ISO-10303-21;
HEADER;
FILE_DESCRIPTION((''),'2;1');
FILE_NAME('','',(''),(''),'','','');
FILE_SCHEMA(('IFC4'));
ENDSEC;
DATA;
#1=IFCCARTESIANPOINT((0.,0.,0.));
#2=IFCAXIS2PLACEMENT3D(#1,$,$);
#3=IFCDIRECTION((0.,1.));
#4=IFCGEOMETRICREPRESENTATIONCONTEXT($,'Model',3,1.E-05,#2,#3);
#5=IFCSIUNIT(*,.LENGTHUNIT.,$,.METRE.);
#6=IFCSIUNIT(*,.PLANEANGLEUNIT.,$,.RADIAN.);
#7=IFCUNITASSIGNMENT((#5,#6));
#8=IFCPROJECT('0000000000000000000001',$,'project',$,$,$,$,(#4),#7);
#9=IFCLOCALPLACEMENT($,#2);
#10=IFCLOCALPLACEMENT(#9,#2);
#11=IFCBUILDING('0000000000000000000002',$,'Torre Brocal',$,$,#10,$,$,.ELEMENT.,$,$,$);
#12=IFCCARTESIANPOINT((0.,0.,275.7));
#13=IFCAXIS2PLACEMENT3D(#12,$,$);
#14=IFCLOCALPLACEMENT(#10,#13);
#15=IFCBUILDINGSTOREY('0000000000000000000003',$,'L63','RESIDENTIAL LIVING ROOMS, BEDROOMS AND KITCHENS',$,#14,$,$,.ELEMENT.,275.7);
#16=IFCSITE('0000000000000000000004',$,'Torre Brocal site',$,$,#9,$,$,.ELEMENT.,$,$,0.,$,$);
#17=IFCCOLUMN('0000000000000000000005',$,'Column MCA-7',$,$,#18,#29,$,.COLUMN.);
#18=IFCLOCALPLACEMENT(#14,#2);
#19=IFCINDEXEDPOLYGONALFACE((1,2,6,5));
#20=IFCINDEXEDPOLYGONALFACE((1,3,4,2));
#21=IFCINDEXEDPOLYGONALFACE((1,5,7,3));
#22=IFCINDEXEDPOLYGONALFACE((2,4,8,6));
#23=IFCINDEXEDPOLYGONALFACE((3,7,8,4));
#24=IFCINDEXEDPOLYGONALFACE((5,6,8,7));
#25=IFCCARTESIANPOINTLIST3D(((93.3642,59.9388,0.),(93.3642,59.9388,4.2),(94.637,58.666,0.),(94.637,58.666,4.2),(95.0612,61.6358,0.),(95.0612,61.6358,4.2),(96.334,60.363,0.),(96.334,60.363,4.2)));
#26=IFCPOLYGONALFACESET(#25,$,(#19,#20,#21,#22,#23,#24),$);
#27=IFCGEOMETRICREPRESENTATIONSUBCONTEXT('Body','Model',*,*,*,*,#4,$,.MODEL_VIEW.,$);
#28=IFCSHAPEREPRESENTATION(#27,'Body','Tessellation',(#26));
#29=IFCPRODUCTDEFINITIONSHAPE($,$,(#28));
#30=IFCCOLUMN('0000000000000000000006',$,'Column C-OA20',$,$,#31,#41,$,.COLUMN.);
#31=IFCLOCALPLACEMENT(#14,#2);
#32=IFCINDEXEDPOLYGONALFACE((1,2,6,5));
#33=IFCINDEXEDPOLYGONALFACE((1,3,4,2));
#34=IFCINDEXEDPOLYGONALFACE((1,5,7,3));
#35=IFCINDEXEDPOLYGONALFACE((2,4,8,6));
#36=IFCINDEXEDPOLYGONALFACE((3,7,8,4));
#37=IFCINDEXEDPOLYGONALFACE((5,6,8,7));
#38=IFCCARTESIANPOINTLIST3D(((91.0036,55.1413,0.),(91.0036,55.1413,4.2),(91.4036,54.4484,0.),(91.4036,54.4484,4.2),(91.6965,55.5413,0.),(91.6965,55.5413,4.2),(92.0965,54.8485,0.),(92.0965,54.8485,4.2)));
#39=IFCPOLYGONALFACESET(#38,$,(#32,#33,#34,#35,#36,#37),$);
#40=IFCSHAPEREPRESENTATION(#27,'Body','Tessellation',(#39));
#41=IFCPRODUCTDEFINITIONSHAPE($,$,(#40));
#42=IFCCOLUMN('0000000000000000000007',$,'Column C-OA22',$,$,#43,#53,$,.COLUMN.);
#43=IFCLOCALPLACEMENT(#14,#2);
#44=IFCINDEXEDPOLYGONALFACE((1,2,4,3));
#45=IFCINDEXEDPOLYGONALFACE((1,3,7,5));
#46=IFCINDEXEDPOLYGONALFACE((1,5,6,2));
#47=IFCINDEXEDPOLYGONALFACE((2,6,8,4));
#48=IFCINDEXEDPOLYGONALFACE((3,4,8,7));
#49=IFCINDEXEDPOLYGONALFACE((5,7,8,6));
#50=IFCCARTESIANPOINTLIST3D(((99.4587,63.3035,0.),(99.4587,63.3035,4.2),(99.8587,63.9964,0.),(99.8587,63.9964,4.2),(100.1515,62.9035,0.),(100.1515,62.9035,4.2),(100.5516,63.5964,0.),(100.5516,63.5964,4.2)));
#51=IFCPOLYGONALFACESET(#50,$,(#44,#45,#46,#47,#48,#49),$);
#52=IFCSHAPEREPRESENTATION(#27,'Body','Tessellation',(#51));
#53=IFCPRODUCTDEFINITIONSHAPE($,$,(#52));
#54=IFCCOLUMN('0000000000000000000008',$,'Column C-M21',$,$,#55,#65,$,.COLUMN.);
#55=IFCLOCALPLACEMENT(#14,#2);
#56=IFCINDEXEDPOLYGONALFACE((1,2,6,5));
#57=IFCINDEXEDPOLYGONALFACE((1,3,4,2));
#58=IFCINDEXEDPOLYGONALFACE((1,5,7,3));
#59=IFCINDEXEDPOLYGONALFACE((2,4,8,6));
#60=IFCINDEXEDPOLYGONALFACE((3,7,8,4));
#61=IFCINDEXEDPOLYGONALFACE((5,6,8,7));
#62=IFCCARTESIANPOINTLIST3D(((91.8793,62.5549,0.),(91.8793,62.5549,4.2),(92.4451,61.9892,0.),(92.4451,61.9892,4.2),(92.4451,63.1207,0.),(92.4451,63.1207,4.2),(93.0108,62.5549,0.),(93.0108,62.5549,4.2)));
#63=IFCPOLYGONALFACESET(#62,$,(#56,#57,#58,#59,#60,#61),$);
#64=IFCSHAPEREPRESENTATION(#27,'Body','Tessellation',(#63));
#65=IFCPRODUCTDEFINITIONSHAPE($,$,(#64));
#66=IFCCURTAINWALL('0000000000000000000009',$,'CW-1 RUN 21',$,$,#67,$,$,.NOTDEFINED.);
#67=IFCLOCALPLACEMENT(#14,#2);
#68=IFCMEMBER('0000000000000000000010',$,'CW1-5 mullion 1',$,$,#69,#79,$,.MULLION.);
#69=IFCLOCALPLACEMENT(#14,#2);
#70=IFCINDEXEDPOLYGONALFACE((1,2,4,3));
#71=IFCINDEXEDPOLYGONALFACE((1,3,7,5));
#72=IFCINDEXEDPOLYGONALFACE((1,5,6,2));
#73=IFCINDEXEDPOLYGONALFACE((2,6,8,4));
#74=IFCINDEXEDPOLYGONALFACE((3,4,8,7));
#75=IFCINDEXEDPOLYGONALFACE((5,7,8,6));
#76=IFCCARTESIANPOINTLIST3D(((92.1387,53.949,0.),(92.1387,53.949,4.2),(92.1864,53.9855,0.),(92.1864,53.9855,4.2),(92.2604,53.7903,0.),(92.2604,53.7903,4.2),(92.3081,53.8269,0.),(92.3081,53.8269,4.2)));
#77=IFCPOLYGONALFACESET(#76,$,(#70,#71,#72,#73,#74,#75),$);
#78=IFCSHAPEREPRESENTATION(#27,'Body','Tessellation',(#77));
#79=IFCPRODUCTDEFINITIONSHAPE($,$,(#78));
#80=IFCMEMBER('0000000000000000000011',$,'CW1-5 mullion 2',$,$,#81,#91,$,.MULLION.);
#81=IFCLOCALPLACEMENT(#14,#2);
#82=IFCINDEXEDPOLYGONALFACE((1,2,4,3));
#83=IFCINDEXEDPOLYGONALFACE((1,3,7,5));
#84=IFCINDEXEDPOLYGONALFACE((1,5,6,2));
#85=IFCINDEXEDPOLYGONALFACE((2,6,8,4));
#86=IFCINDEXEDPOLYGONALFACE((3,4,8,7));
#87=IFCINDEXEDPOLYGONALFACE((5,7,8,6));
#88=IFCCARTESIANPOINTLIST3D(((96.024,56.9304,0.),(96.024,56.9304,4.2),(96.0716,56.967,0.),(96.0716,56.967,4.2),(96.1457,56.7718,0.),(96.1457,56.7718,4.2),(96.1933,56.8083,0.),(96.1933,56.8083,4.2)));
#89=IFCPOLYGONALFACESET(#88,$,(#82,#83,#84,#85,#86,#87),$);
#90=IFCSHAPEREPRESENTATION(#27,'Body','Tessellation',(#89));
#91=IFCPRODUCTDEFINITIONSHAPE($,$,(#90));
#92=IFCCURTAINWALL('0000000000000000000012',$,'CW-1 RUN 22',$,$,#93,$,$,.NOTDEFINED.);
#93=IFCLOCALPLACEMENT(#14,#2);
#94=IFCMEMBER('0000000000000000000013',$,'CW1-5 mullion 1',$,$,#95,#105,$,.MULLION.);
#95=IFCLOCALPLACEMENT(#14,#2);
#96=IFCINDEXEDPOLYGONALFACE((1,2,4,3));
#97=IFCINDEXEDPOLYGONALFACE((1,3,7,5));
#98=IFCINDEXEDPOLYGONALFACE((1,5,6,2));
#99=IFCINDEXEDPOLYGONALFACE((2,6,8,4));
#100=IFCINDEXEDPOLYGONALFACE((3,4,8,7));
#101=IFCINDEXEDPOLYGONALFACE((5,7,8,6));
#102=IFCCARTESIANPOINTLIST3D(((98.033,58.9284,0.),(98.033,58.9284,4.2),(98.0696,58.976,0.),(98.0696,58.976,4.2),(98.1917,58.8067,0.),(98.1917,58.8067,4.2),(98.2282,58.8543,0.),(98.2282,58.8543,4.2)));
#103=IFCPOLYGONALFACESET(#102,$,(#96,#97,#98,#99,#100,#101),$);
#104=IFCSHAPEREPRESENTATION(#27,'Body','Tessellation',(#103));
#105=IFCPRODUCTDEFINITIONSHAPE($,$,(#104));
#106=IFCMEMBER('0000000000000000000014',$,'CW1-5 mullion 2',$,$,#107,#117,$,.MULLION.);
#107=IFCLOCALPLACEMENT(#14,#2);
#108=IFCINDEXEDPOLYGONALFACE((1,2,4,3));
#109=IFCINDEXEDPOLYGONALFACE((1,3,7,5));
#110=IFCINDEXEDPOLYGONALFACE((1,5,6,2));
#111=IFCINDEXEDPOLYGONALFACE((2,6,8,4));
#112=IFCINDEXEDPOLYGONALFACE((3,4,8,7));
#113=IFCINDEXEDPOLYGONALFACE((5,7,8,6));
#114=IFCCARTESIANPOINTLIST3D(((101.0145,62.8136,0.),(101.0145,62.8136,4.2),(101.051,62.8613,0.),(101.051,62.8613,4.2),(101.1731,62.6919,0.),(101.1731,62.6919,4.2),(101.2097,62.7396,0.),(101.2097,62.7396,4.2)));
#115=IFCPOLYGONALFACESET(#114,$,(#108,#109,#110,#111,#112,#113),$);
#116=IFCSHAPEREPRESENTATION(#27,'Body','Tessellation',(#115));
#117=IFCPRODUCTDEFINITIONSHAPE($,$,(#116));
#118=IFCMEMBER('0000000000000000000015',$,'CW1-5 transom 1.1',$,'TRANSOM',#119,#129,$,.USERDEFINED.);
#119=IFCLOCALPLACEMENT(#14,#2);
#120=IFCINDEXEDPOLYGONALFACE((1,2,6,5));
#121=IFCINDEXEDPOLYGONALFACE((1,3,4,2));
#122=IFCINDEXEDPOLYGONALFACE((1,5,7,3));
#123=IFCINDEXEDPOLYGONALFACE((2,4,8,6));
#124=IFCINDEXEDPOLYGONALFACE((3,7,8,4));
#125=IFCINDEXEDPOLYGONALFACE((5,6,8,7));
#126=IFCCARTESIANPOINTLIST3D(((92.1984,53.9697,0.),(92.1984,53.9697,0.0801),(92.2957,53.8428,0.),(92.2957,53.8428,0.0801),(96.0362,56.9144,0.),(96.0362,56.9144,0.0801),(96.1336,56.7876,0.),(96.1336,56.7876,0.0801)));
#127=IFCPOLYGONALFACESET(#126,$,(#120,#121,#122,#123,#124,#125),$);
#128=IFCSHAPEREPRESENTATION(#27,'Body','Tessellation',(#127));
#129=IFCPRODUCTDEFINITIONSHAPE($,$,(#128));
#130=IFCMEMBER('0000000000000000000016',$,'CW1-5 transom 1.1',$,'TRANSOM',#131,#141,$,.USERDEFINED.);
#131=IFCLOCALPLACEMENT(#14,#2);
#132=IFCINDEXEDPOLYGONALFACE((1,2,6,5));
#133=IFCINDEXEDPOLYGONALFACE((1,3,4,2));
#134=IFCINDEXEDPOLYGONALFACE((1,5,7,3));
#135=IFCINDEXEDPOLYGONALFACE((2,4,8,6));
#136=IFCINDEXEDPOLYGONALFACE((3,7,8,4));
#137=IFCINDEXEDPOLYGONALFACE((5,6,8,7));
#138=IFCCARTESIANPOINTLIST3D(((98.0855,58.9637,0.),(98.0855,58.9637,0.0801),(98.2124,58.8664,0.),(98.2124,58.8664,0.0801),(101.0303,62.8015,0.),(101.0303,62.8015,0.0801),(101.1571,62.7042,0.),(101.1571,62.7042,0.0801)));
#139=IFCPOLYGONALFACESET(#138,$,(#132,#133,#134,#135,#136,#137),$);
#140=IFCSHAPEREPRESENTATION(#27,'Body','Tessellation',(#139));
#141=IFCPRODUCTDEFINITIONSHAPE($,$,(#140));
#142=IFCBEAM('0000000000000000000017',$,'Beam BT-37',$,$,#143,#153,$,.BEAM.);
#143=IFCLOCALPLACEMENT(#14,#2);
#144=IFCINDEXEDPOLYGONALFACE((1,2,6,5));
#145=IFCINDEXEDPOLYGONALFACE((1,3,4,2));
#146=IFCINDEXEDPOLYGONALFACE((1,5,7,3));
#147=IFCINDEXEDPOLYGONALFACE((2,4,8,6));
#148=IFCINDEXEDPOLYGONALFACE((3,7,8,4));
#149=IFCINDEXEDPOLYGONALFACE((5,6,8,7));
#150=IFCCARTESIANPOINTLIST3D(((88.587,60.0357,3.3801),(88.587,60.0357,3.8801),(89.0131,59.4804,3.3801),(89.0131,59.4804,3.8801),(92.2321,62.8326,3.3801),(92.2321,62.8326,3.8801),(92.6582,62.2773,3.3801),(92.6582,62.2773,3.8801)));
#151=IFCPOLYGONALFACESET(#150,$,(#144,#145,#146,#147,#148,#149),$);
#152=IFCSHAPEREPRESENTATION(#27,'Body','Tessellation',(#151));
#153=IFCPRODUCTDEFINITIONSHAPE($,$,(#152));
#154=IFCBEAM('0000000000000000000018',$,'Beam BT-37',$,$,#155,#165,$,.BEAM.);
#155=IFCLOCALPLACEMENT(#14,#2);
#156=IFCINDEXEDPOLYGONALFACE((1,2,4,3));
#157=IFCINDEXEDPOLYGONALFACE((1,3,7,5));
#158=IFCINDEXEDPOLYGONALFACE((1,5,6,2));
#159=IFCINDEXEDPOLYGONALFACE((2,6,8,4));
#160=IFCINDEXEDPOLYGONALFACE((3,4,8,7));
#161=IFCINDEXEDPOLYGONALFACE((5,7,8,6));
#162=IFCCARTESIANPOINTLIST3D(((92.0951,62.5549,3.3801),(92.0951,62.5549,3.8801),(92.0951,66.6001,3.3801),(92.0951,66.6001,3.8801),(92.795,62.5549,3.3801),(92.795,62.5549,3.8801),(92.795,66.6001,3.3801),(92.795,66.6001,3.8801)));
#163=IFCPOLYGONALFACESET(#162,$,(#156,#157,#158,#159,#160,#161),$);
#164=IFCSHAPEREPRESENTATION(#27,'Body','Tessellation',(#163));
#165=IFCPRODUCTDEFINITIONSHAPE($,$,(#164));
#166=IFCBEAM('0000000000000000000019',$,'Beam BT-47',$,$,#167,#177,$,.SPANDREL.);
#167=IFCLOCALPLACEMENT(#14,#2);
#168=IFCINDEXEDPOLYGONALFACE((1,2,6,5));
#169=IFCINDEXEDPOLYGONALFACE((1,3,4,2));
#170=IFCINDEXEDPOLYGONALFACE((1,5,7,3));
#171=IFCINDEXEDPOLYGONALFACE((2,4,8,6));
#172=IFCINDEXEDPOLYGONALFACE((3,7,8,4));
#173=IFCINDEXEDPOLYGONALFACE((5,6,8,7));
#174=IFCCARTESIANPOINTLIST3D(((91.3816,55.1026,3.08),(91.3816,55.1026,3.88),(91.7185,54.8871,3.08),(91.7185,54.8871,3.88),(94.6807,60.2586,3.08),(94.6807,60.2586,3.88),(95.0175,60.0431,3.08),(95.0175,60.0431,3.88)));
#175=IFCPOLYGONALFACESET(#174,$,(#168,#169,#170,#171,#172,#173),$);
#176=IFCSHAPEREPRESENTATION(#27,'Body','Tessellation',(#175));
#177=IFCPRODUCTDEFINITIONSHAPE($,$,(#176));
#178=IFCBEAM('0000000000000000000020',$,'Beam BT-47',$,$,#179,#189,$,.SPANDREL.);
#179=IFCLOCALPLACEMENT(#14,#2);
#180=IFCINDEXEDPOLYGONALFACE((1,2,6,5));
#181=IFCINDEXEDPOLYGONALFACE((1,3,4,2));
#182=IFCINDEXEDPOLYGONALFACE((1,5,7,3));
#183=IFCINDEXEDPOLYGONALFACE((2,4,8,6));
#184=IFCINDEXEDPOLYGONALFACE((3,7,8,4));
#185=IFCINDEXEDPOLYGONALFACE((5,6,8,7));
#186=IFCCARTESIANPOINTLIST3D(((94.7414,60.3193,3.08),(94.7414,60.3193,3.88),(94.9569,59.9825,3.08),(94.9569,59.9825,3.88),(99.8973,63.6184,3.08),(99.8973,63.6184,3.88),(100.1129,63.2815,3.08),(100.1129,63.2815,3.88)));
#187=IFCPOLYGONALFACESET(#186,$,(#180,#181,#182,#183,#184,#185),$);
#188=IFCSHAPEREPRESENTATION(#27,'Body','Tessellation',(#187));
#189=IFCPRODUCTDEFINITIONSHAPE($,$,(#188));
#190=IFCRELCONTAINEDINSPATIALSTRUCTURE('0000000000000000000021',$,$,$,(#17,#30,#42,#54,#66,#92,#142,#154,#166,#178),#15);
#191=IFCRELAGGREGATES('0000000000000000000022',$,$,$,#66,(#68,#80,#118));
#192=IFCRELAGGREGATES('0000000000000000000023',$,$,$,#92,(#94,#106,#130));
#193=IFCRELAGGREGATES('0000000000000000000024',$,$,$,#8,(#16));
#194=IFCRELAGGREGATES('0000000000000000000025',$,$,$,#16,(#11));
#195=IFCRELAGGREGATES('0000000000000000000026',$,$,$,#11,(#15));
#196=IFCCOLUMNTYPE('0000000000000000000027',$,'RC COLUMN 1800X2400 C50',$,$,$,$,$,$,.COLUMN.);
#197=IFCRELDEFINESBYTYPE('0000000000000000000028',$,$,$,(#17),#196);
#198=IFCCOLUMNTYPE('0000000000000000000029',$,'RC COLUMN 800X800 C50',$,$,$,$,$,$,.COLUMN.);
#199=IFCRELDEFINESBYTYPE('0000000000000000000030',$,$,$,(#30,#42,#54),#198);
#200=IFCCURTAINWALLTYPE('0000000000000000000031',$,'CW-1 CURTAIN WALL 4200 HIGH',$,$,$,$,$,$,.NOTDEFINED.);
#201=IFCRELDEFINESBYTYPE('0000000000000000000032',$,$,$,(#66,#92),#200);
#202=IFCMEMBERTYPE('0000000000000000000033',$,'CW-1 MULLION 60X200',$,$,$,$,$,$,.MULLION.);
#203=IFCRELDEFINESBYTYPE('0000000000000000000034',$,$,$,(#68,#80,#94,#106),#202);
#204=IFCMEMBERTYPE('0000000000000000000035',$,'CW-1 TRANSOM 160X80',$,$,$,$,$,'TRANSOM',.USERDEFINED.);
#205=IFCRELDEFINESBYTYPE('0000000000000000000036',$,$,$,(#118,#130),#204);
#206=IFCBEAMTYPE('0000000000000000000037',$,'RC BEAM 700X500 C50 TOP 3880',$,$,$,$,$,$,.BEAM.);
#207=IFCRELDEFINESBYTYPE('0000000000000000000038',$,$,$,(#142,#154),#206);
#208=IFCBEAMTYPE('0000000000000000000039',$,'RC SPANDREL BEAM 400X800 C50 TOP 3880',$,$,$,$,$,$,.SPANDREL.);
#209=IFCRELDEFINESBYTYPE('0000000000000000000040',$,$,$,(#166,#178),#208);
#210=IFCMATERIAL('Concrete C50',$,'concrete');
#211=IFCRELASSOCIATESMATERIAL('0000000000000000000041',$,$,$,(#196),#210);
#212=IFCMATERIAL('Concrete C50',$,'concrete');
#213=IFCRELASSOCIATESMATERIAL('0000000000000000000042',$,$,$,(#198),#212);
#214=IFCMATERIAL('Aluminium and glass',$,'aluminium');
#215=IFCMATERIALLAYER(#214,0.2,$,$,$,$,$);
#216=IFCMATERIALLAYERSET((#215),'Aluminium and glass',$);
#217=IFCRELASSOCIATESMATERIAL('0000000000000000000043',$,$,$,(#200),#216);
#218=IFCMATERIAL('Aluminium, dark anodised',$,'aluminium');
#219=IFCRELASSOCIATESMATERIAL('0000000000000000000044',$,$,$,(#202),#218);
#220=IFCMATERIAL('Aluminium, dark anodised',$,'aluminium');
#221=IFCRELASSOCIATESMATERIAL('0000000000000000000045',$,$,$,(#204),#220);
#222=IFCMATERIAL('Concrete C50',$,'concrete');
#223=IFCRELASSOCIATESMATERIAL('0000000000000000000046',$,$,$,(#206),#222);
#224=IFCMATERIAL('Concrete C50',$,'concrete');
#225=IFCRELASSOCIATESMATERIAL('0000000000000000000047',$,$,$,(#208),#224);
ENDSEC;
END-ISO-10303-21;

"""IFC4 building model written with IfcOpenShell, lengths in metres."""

from ifc_helpers import new_model, si_unit, direction, frame, origin, origin_2d, place, context, subcontext, project, spatial, rectangle, extrude, material, layer, layer_set, material_profile, profile_set, type_object, element, aggregate, save


model = new_model("IFC4")

# Units and contexts
model_context = context("Model", 3, precision=1e-05, world=origin(), true_north=direction((0.0, 1.0)))
body_context = subcontext(model_context, "Body", "Model", "MODEL_VIEW")
ifc_project = project(units=[si_unit("LENGTHUNIT", "METRE"), si_unit("PLANEANGLEUNIT", "RADIAN")], contexts=[model_context])

# Site, building, storey
site_placement = place(None, origin())
site = spatial("IfcSite", under=ifc_project, at=site_placement, Name="Torre Brocal site", CompositionType="ELEMENT", RefElevation=0.0)
building_placement = place(site_placement, origin())
building = spatial("IfcBuilding", under=site, at=building_placement, Name="Torre Brocal", CompositionType="ELEMENT")
storey_placement = place(building_placement, frame((0.0, 0.0, 275.7)))
storey = spatial("IfcBuildingStorey", under=building, at=storey_placement, Name="L63", Description="RESIDENTIAL LIVING ROOMS, BEDROOMS AND KITCHENS", CompositionType="ELEMENT", Elevation=275.7)

# Columns
ifc_material_1 = material(Name="Concrete C50", Category="concrete")
ifc_material_profile_1 = material_profile(ifc_material_1, rectangle(XDim=1.8, YDim=2.3999, at=origin_2d()), Name="RC 1800X2400")
ifc_profile_set_1 = profile_set([ifc_material_profile_1], Name="Concrete C50")
column_type_1 = type_object("IfcColumnType", Name="RC COLUMN 1800X2400 C50", PredefinedType="COLUMN", material=ifc_profile_set_1)
column_placement = place(storey_placement, frame((94.8491, 60.1509, 0.0), z_axis=(0.0, 0.0, 1.0), x_axis=(0.707107, -0.707107, 0.0)))
element("IfcColumn", 1, at=column_placement, inside=storey, type_object=column_type_1, Name="Column MCA-7", PredefinedType="COLUMN", context=body_context, shape_type="SweptSolid", body=[
    extrude(rectangle(XDim=1.8, YDim=2.3999, at=origin_2d()), origin(), (0.0, 0.0, 1.0), 4.2),
])
ifc_material_2 = material(Name="Concrete C50", Category="concrete")
ifc_material_profile_2 = material_profile(ifc_material_2, rectangle(XDim=0.8, YDim=0.8, at=origin_2d()), Name="RC 800X800")
ifc_profile_set_2 = profile_set([ifc_material_profile_2], Name="Concrete C50")
column_type_2 = type_object("IfcColumnType", Name="RC COLUMN 800X800 C50", PredefinedType="COLUMN", material=ifc_profile_set_2)
for number, where, z_axis, x_axis, name in (
    (2, (91.55, 54.9949, 0.0), (0.0, 0.0, 1.0), (0.5, -0.866025, 0.0), "Column C-OA20"),
    (3, (100.0051, 63.45, 0.0), (0.0, 0.0, 1.0), (0.866025, -0.5, 0.0), "Column C-OA22"),
    (4, (92.4451, 62.5549, 0.0), (0.0, 0.0, 1.0), (0.707107, -0.707107, 0.0), "Column C-M21"),
):
    element("IfcColumn", number, at=place(storey_placement, frame(where, z_axis=z_axis, x_axis=x_axis)), inside=storey, type_object=column_type_2, Name=name, PredefinedType="COLUMN", context=body_context, shape_type="SweptSolid", body=[
        extrude(rectangle(XDim=0.8, YDim=0.8, at=origin_2d()), origin(), (0.0, 0.0, 1.0), 4.2),
    ])

# Curtain walls, members
ifc_material_3 = material(Name="Aluminium and glass", Category="aluminium")
ifc_layer_1 = layer(ifc_material_3, 0.2)
ifc_layer_set_1 = layer_set([ifc_layer_1], Name="Aluminium and glass")
curtain_wall_type = type_object("IfcCurtainWallType", Name="CW-1 CURTAIN WALL 4200 HIGH", PredefinedType="NOTDEFINED", material=ifc_layer_set_1)
curtain_wall_1_placement = place(storey_placement, origin())
curtain_wall_1 = element("IfcCurtainWall", 5, at=curtain_wall_1_placement, inside=storey, type_object=curtain_wall_type, Name="CW-1 RUN 21", PredefinedType="NOTDEFINED")
ifc_material_4 = material(Name="Aluminium, dark anodised", Category="aluminium")
ifc_material_profile_3 = material_profile(ifc_material_4, rectangle(XDim=0.2, YDim=0.0601, at=origin_2d()), Name="CW-1 MULLION 60X200")
ifc_profile_set_3 = profile_set([ifc_material_profile_3], Name="Aluminium, dark anodised")
member_type_1 = type_object("IfcMemberType", Name="CW-1 MULLION 60X200", PredefinedType="MULLION", material=ifc_profile_set_3)
member_1_placement = place(storey_placement, frame((92.2234, 53.8879, 0.0), z_axis=(0.0, 0.0, 1.0), x_axis=(-0.608761, 0.793353, 0.0)))
member_1 = element("IfcMember", 6, at=member_1_placement, type_object=member_type_1, Name="CW1-5 mullion 1", PredefinedType="MULLION", context=body_context, shape_type="SweptSolid", body=[
    extrude(rectangle(XDim=0.2, YDim=0.0601, at=origin_2d()), origin(), (0.0, 0.0, 1.0), 4.2),
])
member_2_placement = place(storey_placement, frame((96.1086, 56.8694, 0.0), z_axis=(0.0, 0.0, 1.0), x_axis=(-0.608761, 0.793353, 0.0)))
member_2 = element("IfcMember", 7, at=member_2_placement, type_object=member_type_1, Name="CW1-5 mullion 2", PredefinedType="MULLION", context=body_context, shape_type="SweptSolid", body=[
    extrude(rectangle(XDim=0.2, YDim=0.0601, at=origin_2d()), origin(), (0.0, 0.0, 1.0), 4.2),
])
curtain_wall_2_placement = place(storey_placement, origin())
curtain_wall_2 = element("IfcCurtainWall", 8, at=curtain_wall_2_placement, inside=storey, type_object=curtain_wall_type, Name="CW-1 RUN 22", PredefinedType="NOTDEFINED")
member_3_placement = place(storey_placement, frame((98.1306, 58.8914, 0.0), z_axis=(0.0, 0.0, 1.0), x_axis=(-0.793353, 0.608761, 0.0)))
member_3 = element("IfcMember", 9, at=member_3_placement, type_object=member_type_1, Name="CW1-5 mullion 1", PredefinedType="MULLION", context=body_context, shape_type="SweptSolid", body=[
    extrude(rectangle(XDim=0.2, YDim=0.0601, at=origin_2d()), origin(), (0.0, 0.0, 1.0), 4.2),
])
member_4_placement = place(storey_placement, frame((101.1121, 62.7766, 0.0), z_axis=(0.0, 0.0, 1.0), x_axis=(-0.793353, 0.608761, 0.0)))
member_4 = element("IfcMember", 10, at=member_4_placement, type_object=member_type_1, Name="CW1-5 mullion 2", PredefinedType="MULLION", context=body_context, shape_type="SweptSolid", body=[
    extrude(rectangle(XDim=0.2, YDim=0.0601, at=origin_2d()), origin(), (0.0, 0.0, 1.0), 4.2),
])

# Members
ifc_material_5 = material(Name="Aluminium, dark anodised", Category="aluminium")
ifc_material_profile_4 = material_profile(ifc_material_5, rectangle(XDim=0.1599, YDim=0.0801, at=origin_2d()), Name="CW-1 TRANSOM 160X80")
ifc_profile_set_4 = profile_set([ifc_material_profile_4], Name="Aluminium, dark anodised")
member_type_2 = type_object("IfcMemberType", Name="CW-1 TRANSOM 160X80", ElementType="TRANSOM", PredefinedType="USERDEFINED", material=ifc_profile_set_4)
member_5_placement = place(storey_placement, frame((92.2471, 53.9062, 0.04), z_axis=(0.793363, 0.608749, 0.0), x_axis=(-0.608749, 0.793363, 0.0)))
member_5 = element("IfcMember", 11, at=member_5_placement, type_object=member_type_2, Name="CW1-5 transom 1.1", ObjectType="TRANSOM", PredefinedType="USERDEFINED", context=body_context, shape_type="SweptSolid", body=[
    extrude(rectangle(XDim=0.1599, YDim=0.0801, at=origin_2d()), origin(), (0.0, 0.0, 1.0), 4.8374),
])
member_6_placement = place(storey_placement, frame((98.1489, 58.915, 0.04), z_axis=(0.608749, 0.793363, 0.0), x_axis=(-0.793363, 0.608749, 0.0)))
member_6 = element("IfcMember", 12, at=member_6_placement, type_object=member_type_2, Name="CW1-5 transom 1.1", ObjectType="TRANSOM", PredefinedType="USERDEFINED", context=body_context, shape_type="SweptSolid", body=[
    extrude(rectangle(XDim=0.1599, YDim=0.0801, at=origin_2d()), origin(), (0.0, 0.0, 1.0), 4.8374),
])

# Beams
ifc_material_6 = material(Name="Concrete C50", Category="concrete")
ifc_material_profile_5 = material_profile(ifc_material_6, rectangle(XDim=0.7, YDim=0.5, at=origin_2d()), Name="RC 700X500")
ifc_profile_set_5 = profile_set([ifc_material_profile_5], Name="Concrete C50")
beam_type_1 = type_object("IfcBeamType", Name="RC BEAM 700X500 C50 TOP 3880", PredefinedType="BEAM", material=ifc_profile_set_5)
beam_1_placement = place(storey_placement, frame((88.8, 59.7581, 3.6301), z_axis=(0.793358, 0.608755, 0.0), x_axis=(-0.608755, 0.793358, 0.0)))
element("IfcBeam", 13, at=beam_1_placement, inside=storey, type_object=beam_type_1, Name="Beam BT-37", PredefinedType="BEAM", context=body_context, shape_type="SweptSolid", body=[
    extrude(rectangle(XDim=0.7, YDim=0.5, at=origin_2d()), origin(), (0.0, 0.0, 1.0), 4.5945),
])
beam_2_placement = place(storey_placement, frame((92.4451, 62.5549, 3.6301), z_axis=(0.0, 1.0, 0.0), x_axis=(-1.0, 0.0, 0.0)))
element("IfcBeam", 14, at=beam_2_placement, inside=storey, type_object=beam_type_1, Name="Beam BT-37", PredefinedType="BEAM", context=body_context, shape_type="SweptSolid", body=[
    extrude(rectangle(XDim=0.7, YDim=0.5, at=origin_2d()), origin(), (0.0, 0.0, 1.0), 4.0452),
])
ifc_material_7 = material(Name="Concrete C50", Category="concrete")
ifc_material_profile_6 = material_profile(ifc_material_7, rectangle(XDim=0.3999, YDim=0.8, at=origin_2d()), Name="RC 400X800")
ifc_profile_set_6 = profile_set([ifc_material_profile_6], Name="Concrete C50")
beam_type_2 = type_object("IfcBeamType", Name="RC SPANDREL BEAM 400X800 C50 TOP 3880", PredefinedType="SPANDREL", material=ifc_profile_set_6)
for number, where, z_axis, x_axis, name in (
    (15, (91.55, 54.9949, 3.48), (0.538964, 0.842329, 0.0), (-0.842329, 0.538964, 0.0), "Beam BT-47"),
    (16, (94.8491, 60.1509, 3.48), (0.842329, 0.538964, 0.0), (-0.538964, 0.842329, 0.0), "Beam BT-47"),
):
    element("IfcBeam", number, at=place(storey_placement, frame(where, z_axis=z_axis, x_axis=x_axis)), inside=storey, type_object=beam_type_2, Name=name, PredefinedType="SPANDREL", context=body_context, shape_type="SweptSolid", body=[
        extrude(rectangle(XDim=0.3999, YDim=0.8, at=origin_2d()), origin(), (0.0, 0.0, 1.0), 6.1211),
    ])

aggregate(curtain_wall_1, [member_1, member_2, member_5])
aggregate(curtain_wall_2, [member_3, member_4, member_6])

save(model, "model.ifc")
